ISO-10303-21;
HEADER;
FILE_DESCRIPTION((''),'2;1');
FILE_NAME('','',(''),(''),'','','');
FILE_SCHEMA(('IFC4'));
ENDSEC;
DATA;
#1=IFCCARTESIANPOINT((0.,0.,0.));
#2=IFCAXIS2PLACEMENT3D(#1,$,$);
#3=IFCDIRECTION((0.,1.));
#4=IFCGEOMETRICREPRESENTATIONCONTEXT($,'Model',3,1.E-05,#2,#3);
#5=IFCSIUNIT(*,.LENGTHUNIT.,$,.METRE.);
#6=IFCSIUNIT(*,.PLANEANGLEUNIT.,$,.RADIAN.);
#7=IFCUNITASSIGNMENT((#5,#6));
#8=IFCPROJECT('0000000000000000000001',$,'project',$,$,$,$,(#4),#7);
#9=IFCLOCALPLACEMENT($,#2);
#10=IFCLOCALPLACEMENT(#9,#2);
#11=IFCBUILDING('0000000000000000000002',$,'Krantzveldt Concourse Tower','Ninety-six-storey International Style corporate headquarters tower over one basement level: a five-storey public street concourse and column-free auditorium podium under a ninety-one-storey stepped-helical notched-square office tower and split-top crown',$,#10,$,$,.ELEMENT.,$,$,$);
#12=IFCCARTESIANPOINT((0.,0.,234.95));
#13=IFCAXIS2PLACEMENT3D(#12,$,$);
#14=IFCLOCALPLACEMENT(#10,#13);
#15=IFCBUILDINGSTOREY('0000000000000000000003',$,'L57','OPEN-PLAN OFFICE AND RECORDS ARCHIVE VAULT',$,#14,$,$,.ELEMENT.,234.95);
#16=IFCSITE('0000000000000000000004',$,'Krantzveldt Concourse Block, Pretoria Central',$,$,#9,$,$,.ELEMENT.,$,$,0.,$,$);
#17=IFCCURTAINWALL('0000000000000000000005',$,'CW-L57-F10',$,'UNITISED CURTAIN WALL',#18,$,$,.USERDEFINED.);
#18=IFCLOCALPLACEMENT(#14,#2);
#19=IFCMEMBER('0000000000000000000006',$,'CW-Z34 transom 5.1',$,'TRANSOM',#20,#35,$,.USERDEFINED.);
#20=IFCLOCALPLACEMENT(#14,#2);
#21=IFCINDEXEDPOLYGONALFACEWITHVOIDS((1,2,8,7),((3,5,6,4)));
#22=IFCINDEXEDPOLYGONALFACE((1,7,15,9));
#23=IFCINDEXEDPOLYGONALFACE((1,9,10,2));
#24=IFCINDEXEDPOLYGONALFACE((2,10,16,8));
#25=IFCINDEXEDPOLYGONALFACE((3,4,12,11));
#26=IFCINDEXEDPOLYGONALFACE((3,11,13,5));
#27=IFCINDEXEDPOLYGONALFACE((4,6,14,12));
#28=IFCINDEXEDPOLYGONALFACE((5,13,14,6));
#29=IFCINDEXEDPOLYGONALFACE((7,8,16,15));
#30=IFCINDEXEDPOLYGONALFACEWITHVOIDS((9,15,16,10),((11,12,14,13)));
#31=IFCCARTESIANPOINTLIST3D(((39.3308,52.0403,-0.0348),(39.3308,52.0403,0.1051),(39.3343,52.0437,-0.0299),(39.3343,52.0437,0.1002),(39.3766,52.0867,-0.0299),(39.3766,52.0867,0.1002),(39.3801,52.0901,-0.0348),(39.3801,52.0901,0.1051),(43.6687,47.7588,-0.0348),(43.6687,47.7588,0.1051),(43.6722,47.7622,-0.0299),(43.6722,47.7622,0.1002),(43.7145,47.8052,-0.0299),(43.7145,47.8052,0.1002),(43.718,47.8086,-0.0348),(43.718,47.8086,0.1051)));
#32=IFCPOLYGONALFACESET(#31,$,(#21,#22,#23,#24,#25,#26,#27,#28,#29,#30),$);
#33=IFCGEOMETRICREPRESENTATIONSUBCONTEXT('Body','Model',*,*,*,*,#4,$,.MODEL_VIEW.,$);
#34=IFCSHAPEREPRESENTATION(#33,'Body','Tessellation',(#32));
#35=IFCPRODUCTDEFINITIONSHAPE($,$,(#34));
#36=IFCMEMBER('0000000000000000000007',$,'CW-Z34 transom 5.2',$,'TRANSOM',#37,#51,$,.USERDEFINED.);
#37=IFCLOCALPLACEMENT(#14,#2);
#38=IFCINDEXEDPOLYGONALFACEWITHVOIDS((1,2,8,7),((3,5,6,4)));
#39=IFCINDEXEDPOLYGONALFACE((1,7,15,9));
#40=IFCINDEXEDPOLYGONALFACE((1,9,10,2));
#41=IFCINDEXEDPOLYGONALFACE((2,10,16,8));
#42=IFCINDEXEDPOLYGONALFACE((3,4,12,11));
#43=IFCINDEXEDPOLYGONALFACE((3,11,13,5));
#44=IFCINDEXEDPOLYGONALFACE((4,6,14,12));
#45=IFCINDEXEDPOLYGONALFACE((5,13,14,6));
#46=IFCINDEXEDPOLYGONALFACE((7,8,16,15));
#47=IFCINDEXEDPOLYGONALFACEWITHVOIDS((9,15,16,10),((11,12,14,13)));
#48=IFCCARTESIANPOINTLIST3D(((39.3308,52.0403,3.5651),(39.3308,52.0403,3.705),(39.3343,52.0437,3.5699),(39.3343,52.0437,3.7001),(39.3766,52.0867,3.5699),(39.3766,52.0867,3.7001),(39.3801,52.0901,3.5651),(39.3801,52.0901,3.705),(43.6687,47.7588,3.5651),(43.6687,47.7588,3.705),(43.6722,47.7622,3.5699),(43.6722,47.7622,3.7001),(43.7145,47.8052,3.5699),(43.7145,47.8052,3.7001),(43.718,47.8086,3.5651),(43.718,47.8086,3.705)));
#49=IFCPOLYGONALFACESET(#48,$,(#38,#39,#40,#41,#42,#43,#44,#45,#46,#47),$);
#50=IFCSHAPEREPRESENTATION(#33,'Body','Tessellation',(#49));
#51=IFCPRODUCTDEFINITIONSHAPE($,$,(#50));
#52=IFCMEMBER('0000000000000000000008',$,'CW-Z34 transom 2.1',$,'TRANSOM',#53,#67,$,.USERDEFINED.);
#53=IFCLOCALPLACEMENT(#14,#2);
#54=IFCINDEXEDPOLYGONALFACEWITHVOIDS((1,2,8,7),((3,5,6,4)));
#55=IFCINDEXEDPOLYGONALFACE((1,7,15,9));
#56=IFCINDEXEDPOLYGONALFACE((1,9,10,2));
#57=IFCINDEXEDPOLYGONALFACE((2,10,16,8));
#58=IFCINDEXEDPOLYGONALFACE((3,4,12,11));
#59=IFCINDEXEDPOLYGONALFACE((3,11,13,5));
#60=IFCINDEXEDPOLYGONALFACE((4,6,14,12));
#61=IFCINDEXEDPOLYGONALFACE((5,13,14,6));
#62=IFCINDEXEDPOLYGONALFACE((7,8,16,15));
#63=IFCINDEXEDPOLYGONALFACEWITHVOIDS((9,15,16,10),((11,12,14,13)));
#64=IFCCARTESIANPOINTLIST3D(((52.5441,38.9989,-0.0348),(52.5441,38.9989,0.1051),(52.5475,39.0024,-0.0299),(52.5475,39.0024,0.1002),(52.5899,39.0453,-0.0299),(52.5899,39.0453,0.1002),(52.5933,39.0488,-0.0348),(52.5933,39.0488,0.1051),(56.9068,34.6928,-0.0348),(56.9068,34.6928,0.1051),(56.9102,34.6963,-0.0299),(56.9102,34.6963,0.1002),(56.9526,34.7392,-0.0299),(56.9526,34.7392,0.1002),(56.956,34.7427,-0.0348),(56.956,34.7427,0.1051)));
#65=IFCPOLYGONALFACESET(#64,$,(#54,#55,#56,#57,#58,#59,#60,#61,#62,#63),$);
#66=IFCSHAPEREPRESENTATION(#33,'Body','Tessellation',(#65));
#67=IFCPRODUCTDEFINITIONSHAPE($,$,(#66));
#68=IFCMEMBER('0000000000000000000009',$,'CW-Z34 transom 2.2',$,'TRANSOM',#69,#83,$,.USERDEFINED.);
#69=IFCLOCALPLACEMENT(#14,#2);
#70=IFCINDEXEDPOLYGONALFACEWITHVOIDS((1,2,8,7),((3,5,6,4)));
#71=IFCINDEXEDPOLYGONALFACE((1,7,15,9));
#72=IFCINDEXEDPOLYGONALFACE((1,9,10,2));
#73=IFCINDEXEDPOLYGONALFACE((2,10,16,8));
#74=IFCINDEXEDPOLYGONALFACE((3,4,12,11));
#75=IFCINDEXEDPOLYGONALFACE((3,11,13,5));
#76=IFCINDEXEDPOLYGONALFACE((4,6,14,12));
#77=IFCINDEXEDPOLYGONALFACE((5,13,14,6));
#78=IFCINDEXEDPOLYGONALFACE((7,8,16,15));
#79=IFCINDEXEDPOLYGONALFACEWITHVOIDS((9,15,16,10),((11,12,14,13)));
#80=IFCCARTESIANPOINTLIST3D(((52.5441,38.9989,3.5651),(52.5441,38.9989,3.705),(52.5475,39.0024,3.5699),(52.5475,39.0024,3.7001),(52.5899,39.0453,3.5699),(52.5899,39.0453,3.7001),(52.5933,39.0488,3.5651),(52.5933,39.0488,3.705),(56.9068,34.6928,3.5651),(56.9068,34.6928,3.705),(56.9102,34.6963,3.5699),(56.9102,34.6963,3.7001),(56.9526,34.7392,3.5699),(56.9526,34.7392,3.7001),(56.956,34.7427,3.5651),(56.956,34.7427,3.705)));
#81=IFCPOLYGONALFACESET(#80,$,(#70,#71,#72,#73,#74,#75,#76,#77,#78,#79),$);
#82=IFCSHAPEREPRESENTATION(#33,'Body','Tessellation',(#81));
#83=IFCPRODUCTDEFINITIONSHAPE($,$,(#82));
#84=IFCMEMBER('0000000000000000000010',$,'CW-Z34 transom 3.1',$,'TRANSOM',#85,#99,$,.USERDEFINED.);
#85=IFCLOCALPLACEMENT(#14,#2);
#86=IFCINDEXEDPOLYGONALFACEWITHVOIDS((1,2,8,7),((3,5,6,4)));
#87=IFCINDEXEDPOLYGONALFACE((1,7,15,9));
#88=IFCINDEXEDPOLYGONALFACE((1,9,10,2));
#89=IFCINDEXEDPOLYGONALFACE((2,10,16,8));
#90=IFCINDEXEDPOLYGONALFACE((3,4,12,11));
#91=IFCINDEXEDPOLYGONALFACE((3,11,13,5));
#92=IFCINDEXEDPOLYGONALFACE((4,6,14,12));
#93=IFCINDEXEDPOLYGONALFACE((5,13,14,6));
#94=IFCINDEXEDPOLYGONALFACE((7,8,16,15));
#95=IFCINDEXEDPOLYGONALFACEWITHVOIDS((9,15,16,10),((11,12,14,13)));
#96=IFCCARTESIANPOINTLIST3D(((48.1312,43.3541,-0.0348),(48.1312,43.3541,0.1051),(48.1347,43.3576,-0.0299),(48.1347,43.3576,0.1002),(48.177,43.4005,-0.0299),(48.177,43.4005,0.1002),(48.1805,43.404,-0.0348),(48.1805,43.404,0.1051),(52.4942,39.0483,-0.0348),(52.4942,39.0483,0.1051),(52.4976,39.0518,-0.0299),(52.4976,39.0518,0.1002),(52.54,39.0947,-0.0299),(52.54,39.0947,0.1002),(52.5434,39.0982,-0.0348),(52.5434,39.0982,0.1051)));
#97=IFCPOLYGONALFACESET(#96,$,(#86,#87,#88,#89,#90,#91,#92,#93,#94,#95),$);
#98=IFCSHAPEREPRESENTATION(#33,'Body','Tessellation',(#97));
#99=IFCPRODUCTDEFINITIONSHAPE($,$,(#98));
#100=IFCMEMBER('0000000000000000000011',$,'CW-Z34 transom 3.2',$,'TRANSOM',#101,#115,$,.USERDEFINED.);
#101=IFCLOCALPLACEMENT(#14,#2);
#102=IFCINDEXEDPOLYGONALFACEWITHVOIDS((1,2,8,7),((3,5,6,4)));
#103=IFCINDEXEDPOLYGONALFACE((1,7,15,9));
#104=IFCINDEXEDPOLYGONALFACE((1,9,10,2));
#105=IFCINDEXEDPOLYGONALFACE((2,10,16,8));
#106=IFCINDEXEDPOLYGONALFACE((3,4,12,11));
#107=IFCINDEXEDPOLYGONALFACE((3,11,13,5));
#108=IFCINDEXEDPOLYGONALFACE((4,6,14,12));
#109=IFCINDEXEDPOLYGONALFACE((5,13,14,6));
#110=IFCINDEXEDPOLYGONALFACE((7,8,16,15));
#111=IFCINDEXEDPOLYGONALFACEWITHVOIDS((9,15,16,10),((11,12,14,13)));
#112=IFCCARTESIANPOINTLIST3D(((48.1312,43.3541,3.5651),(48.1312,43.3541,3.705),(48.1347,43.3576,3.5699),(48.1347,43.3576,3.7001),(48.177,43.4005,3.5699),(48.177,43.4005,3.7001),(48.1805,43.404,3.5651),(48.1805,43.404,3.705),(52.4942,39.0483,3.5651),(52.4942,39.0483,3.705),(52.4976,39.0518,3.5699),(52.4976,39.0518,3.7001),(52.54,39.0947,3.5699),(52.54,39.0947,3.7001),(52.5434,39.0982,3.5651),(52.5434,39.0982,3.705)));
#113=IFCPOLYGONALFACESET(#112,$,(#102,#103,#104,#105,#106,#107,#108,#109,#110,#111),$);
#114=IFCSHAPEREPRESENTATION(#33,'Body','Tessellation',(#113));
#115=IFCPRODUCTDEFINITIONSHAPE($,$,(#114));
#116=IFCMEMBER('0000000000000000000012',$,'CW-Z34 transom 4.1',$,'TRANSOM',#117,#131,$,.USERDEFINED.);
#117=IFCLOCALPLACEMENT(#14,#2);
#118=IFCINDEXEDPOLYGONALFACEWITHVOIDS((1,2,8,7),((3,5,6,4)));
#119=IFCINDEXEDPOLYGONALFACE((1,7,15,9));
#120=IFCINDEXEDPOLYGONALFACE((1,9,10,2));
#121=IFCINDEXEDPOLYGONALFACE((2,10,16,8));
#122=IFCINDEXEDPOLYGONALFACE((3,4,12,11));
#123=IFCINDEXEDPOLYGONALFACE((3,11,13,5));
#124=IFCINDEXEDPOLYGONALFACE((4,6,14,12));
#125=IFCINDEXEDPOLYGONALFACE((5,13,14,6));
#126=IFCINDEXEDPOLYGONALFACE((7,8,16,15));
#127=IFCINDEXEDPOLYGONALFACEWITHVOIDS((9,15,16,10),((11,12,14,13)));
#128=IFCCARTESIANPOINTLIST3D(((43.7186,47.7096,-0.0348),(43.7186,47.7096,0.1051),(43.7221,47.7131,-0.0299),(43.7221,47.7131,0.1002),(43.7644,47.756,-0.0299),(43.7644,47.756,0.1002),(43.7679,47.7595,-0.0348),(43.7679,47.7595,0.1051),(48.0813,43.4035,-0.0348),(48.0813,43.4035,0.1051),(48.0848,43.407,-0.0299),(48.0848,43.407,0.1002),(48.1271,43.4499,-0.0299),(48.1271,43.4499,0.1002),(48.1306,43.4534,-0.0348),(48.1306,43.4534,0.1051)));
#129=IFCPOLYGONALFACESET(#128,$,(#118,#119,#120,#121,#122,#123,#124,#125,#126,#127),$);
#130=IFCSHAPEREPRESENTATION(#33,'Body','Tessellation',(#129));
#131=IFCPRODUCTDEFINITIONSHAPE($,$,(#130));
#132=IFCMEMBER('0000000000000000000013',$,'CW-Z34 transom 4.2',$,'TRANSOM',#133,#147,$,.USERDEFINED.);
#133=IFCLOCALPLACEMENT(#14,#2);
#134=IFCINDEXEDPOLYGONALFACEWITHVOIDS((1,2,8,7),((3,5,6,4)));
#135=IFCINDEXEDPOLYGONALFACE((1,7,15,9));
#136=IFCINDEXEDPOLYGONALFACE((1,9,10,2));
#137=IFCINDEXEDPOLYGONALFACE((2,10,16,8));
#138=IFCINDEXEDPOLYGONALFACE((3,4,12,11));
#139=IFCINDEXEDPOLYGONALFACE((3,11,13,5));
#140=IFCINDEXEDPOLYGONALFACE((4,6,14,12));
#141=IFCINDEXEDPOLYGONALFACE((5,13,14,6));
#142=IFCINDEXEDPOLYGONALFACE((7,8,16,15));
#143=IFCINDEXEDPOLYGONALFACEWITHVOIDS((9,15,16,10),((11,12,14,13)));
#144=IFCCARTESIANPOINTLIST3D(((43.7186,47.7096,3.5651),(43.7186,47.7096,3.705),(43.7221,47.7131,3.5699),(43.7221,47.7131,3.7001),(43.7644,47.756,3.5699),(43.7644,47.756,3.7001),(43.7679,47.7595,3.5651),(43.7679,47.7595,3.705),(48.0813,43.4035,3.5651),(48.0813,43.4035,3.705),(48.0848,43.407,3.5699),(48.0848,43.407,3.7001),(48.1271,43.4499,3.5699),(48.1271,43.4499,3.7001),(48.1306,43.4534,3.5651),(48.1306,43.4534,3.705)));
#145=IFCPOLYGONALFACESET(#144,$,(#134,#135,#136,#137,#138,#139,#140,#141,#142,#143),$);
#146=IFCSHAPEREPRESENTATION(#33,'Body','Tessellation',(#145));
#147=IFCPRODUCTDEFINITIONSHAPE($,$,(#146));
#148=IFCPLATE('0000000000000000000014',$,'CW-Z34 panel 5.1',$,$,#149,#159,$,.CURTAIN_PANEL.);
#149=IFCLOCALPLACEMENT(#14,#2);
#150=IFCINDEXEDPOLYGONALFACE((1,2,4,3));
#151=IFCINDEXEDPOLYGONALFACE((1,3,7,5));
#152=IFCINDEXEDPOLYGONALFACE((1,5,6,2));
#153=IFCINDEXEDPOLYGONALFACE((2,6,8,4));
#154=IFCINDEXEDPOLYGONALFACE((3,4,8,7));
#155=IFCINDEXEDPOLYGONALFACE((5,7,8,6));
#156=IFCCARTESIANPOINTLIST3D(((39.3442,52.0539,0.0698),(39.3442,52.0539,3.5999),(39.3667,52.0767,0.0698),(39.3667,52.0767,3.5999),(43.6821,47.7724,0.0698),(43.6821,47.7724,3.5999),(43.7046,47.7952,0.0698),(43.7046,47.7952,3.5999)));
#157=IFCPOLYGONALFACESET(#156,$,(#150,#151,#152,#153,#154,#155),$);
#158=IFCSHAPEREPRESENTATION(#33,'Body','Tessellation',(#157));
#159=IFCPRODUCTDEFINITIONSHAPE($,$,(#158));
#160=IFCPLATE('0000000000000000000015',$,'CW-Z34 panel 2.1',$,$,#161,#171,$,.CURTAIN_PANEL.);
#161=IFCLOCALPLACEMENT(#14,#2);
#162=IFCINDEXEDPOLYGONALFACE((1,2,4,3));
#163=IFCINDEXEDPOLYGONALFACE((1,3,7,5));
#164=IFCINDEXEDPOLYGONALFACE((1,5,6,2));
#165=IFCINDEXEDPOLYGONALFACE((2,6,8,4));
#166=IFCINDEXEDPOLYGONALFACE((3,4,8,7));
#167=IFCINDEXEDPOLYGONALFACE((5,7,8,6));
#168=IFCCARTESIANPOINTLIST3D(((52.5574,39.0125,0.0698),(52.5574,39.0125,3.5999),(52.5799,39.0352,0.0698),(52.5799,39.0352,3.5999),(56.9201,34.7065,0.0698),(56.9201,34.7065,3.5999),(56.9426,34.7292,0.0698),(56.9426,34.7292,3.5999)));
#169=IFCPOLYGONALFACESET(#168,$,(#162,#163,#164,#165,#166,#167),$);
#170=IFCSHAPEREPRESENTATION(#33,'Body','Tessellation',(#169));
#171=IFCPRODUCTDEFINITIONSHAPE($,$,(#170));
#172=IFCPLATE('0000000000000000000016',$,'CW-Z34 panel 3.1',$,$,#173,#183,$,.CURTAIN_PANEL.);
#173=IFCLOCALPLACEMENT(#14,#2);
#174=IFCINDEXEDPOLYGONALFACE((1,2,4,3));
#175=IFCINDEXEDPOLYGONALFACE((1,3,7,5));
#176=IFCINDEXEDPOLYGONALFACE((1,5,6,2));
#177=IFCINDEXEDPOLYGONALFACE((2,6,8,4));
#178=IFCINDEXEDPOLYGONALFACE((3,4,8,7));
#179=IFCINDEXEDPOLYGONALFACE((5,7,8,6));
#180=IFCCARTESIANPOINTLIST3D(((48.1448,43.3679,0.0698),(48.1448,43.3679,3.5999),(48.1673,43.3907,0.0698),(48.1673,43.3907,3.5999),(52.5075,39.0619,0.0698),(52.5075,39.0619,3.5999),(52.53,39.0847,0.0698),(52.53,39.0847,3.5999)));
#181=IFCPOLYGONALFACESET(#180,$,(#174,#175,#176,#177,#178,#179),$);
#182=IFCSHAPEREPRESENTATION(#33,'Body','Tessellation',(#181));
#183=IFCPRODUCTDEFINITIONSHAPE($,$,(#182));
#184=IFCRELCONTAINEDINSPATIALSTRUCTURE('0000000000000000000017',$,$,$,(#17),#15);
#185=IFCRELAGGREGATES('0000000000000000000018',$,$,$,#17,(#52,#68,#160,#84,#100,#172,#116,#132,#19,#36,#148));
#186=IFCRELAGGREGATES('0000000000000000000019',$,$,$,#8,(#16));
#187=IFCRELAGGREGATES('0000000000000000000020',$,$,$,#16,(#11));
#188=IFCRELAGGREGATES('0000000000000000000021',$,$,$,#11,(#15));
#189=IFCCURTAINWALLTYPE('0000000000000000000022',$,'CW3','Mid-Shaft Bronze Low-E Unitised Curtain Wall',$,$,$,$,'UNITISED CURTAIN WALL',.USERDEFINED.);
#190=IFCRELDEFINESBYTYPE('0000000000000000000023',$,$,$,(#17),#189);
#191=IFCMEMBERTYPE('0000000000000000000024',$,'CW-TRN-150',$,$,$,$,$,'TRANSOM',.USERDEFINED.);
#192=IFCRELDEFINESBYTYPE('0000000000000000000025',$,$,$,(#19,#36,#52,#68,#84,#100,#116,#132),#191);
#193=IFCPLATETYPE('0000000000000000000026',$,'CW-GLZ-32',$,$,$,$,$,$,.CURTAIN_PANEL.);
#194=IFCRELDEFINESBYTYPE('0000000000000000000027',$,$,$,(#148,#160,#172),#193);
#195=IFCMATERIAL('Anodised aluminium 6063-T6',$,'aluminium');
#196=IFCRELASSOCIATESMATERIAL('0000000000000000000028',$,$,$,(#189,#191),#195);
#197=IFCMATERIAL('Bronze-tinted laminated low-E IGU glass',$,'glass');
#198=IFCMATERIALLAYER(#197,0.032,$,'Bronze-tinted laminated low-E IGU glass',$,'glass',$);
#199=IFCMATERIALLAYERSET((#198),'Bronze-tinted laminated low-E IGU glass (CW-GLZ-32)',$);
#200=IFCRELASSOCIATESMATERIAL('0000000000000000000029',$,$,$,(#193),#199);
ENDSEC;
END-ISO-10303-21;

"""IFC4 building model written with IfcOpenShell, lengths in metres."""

from ifc_helpers import new_model, si_unit, direction, frame, origin, origin_2d, place, context, subcontext, project, spatial, rectangle, hollow_rectangle, extrude, source, transform, mapped, material, layer, layer_set, material_profile, profile_set, type_object, type_shapes, element, aggregate, save


model = new_model("IFC4")

# Units and contexts
model_context = context("Model", 3, precision=1e-05, world=origin(), true_north=direction((0.0, 1.0)))
body_context = subcontext(model_context, "Body", "Model", "MODEL_VIEW")
ifc_project = project(units=[si_unit("LENGTHUNIT", "METRE"), si_unit("PLANEANGLEUNIT", "RADIAN")], contexts=[model_context])

# Site, building, storey
site_placement = place(None, origin())
site = spatial("IfcSite", under=ifc_project, at=site_placement, Name="Krantzveldt Concourse Block, Pretoria Central", CompositionType="ELEMENT", RefElevation=0.0)
building_placement = place(site_placement, origin())
building = spatial("IfcBuilding", under=site, at=building_placement, Name="Krantzveldt Concourse Tower", Description="Ninety-six-storey International Style corporate headquarters tower over one basement level: a five-storey public street concourse and column-free auditorium podium under a ninety-one-storey stepped-helical notched-square office tower and split-top crown", CompositionType="ELEMENT")
storey_placement = place(building_placement, frame((0.0, 0.0, 234.95)))
storey = spatial("IfcBuildingStorey", under=building, at=storey_placement, Name="L57", Description="OPEN-PLAN OFFICE AND RECORDS ARCHIVE VAULT", CompositionType="ELEMENT", Elevation=234.95)

# Curtain wall, members, plates
ifc_material_1 = material(Name="Anodised aluminium 6063-T6", Category="aluminium")
curtain_wall_type = type_object("IfcCurtainWallType", Name="CW3", Description="Mid-Shaft Bronze Low-E Unitised Curtain Wall", ElementType="UNITISED CURTAIN WALL", PredefinedType="USERDEFINED", material=ifc_material_1)
curtain_wall_placement = place(storey_placement, origin())
curtain_wall = element("IfcCurtainWall", 1, at=curtain_wall_placement, inside=storey, type_object=curtain_wall_type, Name="CW-L57-F10", ObjectType="UNITISED CURTAIN WALL", PredefinedType="USERDEFINED")
ifc_material_profile_1 = material_profile(ifc_material_1, hollow_rectangle(XDim=0.0701, YDim=0.1399, WallThickness=0.0049, at=origin_2d()), Name="Anodised aluminium 6063-T6", Category="aluminium")
ifc_profile_set_1 = profile_set([ifc_material_profile_1], Name="Anodised aluminium 6063-T6 - ALU-TRAN 140x70x5")
member_type_1 = type_object("IfcMemberType", Name="CW-TRN-150", ElementType="TRANSOM", PredefinedType="USERDEFINED", material=ifc_profile_set_1)
shared_shape_1 = source(origin(), body_context, "Body", "SweptSolid", [
    extrude(hollow_rectangle(XDim=0.0701, YDim=0.1399, WallThickness=0.0049, at=origin_2d()), origin(), (0.0, 0.0, 1.0), 6.095),
])
member_1_placement = place(storey_placement, frame((43.6934, 47.7837, 0.0352), z_axis=(-0.711718, 0.702465, 0.0), x_axis=(-0.702465, -0.711718, 0.0)))
member_1 = element("IfcMember", 2, at=member_1_placement, type_object=member_type_1, Name="CW-Z34 transom 5.1", ObjectType="TRANSOM", PredefinedType="USERDEFINED", context=body_context, shape_type="MappedRepresentation", body=[
    mapped(shared_shape_1, transform((0.0, 0.0, 0.0), x_axis=(1.0, 0.0, 0.0), y_axis=(0.0, 1.0, 0.0), z_axis=(0.0, 0.0, 1.0), scale=1.0)),
])
member_2_placement = place(storey_placement, frame((43.6934, 47.7837, 3.635), z_axis=(-0.711718, 0.702465, 0.0), x_axis=(-0.702465, -0.711718, 0.0)))
member_2 = element("IfcMember", 3, at=member_2_placement, type_object=member_type_1, Name="CW-Z34 transom 5.2", ObjectType="TRANSOM", PredefinedType="USERDEFINED", context=body_context, shape_type="MappedRepresentation", body=[
    mapped(shared_shape_1, transform((0.0, 0.0, 0.0), x_axis=(1.0, 0.0, 0.0), y_axis=(0.0, 1.0, 0.0), z_axis=(0.0, 0.0, 1.0), scale=1.0)),
])
shared_shape_2 = source(origin(), body_context, "Body", "SweptSolid", [
    extrude(hollow_rectangle(XDim=0.0701, YDim=0.1399, WallThickness=0.0049, at=origin_2d()), origin(), (0.0, 0.0, 1.0), 6.1299),
])
type_shapes(member_type_1, [shared_shape_1, shared_shape_2])
member_3_placement = place(storey_placement, frame((56.9314, 34.7178, 0.0352), z_axis=(-0.711712, 0.702472, 0.0), x_axis=(-0.702472, -0.711712, 0.0)))
member_3 = element("IfcMember", 4, at=member_3_placement, type_object=member_type_1, Name="CW-Z34 transom 2.1", ObjectType="TRANSOM", PredefinedType="USERDEFINED", context=body_context, shape_type="MappedRepresentation", body=[
    mapped(shared_shape_2, transform((0.0, 0.0, 0.0), x_axis=(1.0, 0.0, 0.0), y_axis=(0.0, 1.0, 0.0), z_axis=(0.0, 0.0, 1.0), scale=1.0)),
])
member_4_placement = place(storey_placement, frame((56.9314, 34.7178, 3.635), z_axis=(-0.711712, 0.702472, 0.0), x_axis=(-0.702472, -0.711712, 0.0)))
member_4 = element("IfcMember", 5, at=member_4_placement, type_object=member_type_1, Name="CW-Z34 transom 2.2", ObjectType="TRANSOM", PredefinedType="USERDEFINED", context=body_context, shape_type="MappedRepresentation", body=[
    mapped(shared_shape_2, transform((0.0, 0.0, 0.0), x_axis=(1.0, 0.0, 0.0), y_axis=(0.0, 1.0, 0.0), z_axis=(0.0, 0.0, 1.0), scale=1.0)),
])
member_5_placement = place(storey_placement, frame((52.5188, 39.0732, 0.0352), z_axis=(-0.711751, 0.702432, 0.0), x_axis=(-0.702432, -0.711751, 0.0)))
member_5 = element("IfcMember", 6, at=member_5_placement, type_object=member_type_1, Name="CW-Z34 transom 3.1", ObjectType="TRANSOM", PredefinedType="USERDEFINED", context=body_context, shape_type="MappedRepresentation", body=[
    mapped(shared_shape_2, transform((0.0, 0.0, 0.0), x_axis=(1.0, 0.0, 0.0), y_axis=(0.0, 1.0, 0.0), z_axis=(0.0, 0.0, 1.0), scale=1.0)),
])
member_6_placement = place(storey_placement, frame((52.5188, 39.0732, 3.635), z_axis=(-0.711751, 0.702432, 0.0), x_axis=(-0.702432, -0.711751, 0.0)))
member_6 = element("IfcMember", 7, at=member_6_placement, type_object=member_type_1, Name="CW-Z34 transom 3.2", ObjectType="TRANSOM", PredefinedType="USERDEFINED", context=body_context, shape_type="MappedRepresentation", body=[
    mapped(shared_shape_2, transform((0.0, 0.0, 0.0), x_axis=(1.0, 0.0, 0.0), y_axis=(0.0, 1.0, 0.0), z_axis=(0.0, 0.0, 1.0), scale=1.0)),
])
member_7_placement = place(storey_placement, frame((48.106, 43.4285, 0.0352), z_axis=(-0.711712, 0.702472, 0.0), x_axis=(-0.702472, -0.711712, 0.0)))
member_7 = element("IfcMember", 8, at=member_7_placement, type_object=member_type_1, Name="CW-Z34 transom 4.1", ObjectType="TRANSOM", PredefinedType="USERDEFINED", context=body_context, shape_type="MappedRepresentation", body=[
    mapped(shared_shape_2, transform((0.0, 0.0, 0.0), x_axis=(1.0, 0.0, 0.0), y_axis=(0.0, 1.0, 0.0), z_axis=(0.0, 0.0, 1.0), scale=1.0)),
])
member_8_placement = place(storey_placement, frame((48.106, 43.4285, 3.635), z_axis=(-0.711712, 0.702472, 0.0), x_axis=(-0.702472, -0.711712, 0.0)))
member_8 = element("IfcMember", 9, at=member_8_placement, type_object=member_type_1, Name="CW-Z34 transom 4.2", ObjectType="TRANSOM", PredefinedType="USERDEFINED", context=body_context, shape_type="MappedRepresentation", body=[
    mapped(shared_shape_2, transform((0.0, 0.0, 0.0), x_axis=(1.0, 0.0, 0.0), y_axis=(0.0, 1.0, 0.0), z_axis=(0.0, 0.0, 1.0), scale=1.0)),
])
ifc_material_2 = material(Name="Bronze-tinted laminated low-E IGU glass", Category="glass")
ifc_layer_1 = layer(ifc_material_2, 0.032, Name="Bronze-tinted laminated low-E IGU glass", Category="glass")
ifc_layer_set_1 = layer_set([ifc_layer_1], Name="Bronze-tinted laminated low-E IGU glass (CW-GLZ-32)")
plate_type = type_object("IfcPlateType", Name="CW-GLZ-32", PredefinedType="CURTAIN_PANEL", material=ifc_layer_set_1)
shared_shape_3 = source(origin(), body_context, "Body", "SweptSolid", [
    extrude(rectangle(XDim=6.095, YDim=0.032, at=origin_2d()), origin(), (0.0, 0.0, 1.0), 3.53),
])
plate_1_placement = place(storey_placement, frame((41.5244, 49.9246, 0.0698), z_axis=(0.0, 0.0, 1.0), x_axis=(-0.71172, 0.702464, 0.0)))
plate_1 = element("IfcPlate", 10, at=plate_1_placement, type_object=plate_type, Name="CW-Z34 panel 5.1", PredefinedType="CURTAIN_PANEL", context=body_context, shape_type="MappedRepresentation", body=[
    mapped(shared_shape_3, transform((0.0, 0.0, 0.0), x_axis=(1.0, 0.0, 0.0), y_axis=(0.0, 1.0, 0.0), z_axis=(0.0, 0.0, 1.0), scale=1.0)),
])
shared_shape_4 = source(origin(), body_context, "Body", "SweptSolid", [
    extrude(rectangle(XDim=6.1299, YDim=0.032, at=origin_2d()), origin(), (0.0, 0.0, 1.0), 3.53),
])
type_shapes(plate_type, [shared_shape_3, shared_shape_4])
plate_2_placement = place(storey_placement, frame((54.75, 36.8708, 0.0698), z_axis=(0.0, 0.0, 1.0), x_axis=(-0.71172, 0.702464, 0.0)))
plate_2 = element("IfcPlate", 11, at=plate_2_placement, type_object=plate_type, Name="CW-Z34 panel 2.1", PredefinedType="CURTAIN_PANEL", context=body_context, shape_type="MappedRepresentation", body=[
    mapped(shared_shape_4, transform((0.0, 0.0, 0.0), x_axis=(1.0, 0.0, 0.0), y_axis=(0.0, 1.0, 0.0), z_axis=(0.0, 0.0, 1.0), scale=1.0)),
])
plate_3_placement = place(storey_placement, frame((50.3374, 41.2263, 0.0698), z_axis=(0.0, 0.0, 1.0), x_axis=(-0.71172, 0.702464, 0.0)))
plate_3 = element("IfcPlate", 12, at=plate_3_placement, type_object=plate_type, Name="CW-Z34 panel 3.1", PredefinedType="CURTAIN_PANEL", context=body_context, shape_type="MappedRepresentation", body=[
    mapped(shared_shape_4, transform((0.0, 0.0, 0.0), x_axis=(1.0, 0.0, 0.0), y_axis=(0.0, 1.0, 0.0), z_axis=(0.0, 0.0, 1.0), scale=1.0)),
])
aggregate(curtain_wall, [member_3, member_4, plate_2, member_5, member_6, plate_3, member_7, member_8, member_1, member_2, plate_1])

save(model, "model.ifc")
